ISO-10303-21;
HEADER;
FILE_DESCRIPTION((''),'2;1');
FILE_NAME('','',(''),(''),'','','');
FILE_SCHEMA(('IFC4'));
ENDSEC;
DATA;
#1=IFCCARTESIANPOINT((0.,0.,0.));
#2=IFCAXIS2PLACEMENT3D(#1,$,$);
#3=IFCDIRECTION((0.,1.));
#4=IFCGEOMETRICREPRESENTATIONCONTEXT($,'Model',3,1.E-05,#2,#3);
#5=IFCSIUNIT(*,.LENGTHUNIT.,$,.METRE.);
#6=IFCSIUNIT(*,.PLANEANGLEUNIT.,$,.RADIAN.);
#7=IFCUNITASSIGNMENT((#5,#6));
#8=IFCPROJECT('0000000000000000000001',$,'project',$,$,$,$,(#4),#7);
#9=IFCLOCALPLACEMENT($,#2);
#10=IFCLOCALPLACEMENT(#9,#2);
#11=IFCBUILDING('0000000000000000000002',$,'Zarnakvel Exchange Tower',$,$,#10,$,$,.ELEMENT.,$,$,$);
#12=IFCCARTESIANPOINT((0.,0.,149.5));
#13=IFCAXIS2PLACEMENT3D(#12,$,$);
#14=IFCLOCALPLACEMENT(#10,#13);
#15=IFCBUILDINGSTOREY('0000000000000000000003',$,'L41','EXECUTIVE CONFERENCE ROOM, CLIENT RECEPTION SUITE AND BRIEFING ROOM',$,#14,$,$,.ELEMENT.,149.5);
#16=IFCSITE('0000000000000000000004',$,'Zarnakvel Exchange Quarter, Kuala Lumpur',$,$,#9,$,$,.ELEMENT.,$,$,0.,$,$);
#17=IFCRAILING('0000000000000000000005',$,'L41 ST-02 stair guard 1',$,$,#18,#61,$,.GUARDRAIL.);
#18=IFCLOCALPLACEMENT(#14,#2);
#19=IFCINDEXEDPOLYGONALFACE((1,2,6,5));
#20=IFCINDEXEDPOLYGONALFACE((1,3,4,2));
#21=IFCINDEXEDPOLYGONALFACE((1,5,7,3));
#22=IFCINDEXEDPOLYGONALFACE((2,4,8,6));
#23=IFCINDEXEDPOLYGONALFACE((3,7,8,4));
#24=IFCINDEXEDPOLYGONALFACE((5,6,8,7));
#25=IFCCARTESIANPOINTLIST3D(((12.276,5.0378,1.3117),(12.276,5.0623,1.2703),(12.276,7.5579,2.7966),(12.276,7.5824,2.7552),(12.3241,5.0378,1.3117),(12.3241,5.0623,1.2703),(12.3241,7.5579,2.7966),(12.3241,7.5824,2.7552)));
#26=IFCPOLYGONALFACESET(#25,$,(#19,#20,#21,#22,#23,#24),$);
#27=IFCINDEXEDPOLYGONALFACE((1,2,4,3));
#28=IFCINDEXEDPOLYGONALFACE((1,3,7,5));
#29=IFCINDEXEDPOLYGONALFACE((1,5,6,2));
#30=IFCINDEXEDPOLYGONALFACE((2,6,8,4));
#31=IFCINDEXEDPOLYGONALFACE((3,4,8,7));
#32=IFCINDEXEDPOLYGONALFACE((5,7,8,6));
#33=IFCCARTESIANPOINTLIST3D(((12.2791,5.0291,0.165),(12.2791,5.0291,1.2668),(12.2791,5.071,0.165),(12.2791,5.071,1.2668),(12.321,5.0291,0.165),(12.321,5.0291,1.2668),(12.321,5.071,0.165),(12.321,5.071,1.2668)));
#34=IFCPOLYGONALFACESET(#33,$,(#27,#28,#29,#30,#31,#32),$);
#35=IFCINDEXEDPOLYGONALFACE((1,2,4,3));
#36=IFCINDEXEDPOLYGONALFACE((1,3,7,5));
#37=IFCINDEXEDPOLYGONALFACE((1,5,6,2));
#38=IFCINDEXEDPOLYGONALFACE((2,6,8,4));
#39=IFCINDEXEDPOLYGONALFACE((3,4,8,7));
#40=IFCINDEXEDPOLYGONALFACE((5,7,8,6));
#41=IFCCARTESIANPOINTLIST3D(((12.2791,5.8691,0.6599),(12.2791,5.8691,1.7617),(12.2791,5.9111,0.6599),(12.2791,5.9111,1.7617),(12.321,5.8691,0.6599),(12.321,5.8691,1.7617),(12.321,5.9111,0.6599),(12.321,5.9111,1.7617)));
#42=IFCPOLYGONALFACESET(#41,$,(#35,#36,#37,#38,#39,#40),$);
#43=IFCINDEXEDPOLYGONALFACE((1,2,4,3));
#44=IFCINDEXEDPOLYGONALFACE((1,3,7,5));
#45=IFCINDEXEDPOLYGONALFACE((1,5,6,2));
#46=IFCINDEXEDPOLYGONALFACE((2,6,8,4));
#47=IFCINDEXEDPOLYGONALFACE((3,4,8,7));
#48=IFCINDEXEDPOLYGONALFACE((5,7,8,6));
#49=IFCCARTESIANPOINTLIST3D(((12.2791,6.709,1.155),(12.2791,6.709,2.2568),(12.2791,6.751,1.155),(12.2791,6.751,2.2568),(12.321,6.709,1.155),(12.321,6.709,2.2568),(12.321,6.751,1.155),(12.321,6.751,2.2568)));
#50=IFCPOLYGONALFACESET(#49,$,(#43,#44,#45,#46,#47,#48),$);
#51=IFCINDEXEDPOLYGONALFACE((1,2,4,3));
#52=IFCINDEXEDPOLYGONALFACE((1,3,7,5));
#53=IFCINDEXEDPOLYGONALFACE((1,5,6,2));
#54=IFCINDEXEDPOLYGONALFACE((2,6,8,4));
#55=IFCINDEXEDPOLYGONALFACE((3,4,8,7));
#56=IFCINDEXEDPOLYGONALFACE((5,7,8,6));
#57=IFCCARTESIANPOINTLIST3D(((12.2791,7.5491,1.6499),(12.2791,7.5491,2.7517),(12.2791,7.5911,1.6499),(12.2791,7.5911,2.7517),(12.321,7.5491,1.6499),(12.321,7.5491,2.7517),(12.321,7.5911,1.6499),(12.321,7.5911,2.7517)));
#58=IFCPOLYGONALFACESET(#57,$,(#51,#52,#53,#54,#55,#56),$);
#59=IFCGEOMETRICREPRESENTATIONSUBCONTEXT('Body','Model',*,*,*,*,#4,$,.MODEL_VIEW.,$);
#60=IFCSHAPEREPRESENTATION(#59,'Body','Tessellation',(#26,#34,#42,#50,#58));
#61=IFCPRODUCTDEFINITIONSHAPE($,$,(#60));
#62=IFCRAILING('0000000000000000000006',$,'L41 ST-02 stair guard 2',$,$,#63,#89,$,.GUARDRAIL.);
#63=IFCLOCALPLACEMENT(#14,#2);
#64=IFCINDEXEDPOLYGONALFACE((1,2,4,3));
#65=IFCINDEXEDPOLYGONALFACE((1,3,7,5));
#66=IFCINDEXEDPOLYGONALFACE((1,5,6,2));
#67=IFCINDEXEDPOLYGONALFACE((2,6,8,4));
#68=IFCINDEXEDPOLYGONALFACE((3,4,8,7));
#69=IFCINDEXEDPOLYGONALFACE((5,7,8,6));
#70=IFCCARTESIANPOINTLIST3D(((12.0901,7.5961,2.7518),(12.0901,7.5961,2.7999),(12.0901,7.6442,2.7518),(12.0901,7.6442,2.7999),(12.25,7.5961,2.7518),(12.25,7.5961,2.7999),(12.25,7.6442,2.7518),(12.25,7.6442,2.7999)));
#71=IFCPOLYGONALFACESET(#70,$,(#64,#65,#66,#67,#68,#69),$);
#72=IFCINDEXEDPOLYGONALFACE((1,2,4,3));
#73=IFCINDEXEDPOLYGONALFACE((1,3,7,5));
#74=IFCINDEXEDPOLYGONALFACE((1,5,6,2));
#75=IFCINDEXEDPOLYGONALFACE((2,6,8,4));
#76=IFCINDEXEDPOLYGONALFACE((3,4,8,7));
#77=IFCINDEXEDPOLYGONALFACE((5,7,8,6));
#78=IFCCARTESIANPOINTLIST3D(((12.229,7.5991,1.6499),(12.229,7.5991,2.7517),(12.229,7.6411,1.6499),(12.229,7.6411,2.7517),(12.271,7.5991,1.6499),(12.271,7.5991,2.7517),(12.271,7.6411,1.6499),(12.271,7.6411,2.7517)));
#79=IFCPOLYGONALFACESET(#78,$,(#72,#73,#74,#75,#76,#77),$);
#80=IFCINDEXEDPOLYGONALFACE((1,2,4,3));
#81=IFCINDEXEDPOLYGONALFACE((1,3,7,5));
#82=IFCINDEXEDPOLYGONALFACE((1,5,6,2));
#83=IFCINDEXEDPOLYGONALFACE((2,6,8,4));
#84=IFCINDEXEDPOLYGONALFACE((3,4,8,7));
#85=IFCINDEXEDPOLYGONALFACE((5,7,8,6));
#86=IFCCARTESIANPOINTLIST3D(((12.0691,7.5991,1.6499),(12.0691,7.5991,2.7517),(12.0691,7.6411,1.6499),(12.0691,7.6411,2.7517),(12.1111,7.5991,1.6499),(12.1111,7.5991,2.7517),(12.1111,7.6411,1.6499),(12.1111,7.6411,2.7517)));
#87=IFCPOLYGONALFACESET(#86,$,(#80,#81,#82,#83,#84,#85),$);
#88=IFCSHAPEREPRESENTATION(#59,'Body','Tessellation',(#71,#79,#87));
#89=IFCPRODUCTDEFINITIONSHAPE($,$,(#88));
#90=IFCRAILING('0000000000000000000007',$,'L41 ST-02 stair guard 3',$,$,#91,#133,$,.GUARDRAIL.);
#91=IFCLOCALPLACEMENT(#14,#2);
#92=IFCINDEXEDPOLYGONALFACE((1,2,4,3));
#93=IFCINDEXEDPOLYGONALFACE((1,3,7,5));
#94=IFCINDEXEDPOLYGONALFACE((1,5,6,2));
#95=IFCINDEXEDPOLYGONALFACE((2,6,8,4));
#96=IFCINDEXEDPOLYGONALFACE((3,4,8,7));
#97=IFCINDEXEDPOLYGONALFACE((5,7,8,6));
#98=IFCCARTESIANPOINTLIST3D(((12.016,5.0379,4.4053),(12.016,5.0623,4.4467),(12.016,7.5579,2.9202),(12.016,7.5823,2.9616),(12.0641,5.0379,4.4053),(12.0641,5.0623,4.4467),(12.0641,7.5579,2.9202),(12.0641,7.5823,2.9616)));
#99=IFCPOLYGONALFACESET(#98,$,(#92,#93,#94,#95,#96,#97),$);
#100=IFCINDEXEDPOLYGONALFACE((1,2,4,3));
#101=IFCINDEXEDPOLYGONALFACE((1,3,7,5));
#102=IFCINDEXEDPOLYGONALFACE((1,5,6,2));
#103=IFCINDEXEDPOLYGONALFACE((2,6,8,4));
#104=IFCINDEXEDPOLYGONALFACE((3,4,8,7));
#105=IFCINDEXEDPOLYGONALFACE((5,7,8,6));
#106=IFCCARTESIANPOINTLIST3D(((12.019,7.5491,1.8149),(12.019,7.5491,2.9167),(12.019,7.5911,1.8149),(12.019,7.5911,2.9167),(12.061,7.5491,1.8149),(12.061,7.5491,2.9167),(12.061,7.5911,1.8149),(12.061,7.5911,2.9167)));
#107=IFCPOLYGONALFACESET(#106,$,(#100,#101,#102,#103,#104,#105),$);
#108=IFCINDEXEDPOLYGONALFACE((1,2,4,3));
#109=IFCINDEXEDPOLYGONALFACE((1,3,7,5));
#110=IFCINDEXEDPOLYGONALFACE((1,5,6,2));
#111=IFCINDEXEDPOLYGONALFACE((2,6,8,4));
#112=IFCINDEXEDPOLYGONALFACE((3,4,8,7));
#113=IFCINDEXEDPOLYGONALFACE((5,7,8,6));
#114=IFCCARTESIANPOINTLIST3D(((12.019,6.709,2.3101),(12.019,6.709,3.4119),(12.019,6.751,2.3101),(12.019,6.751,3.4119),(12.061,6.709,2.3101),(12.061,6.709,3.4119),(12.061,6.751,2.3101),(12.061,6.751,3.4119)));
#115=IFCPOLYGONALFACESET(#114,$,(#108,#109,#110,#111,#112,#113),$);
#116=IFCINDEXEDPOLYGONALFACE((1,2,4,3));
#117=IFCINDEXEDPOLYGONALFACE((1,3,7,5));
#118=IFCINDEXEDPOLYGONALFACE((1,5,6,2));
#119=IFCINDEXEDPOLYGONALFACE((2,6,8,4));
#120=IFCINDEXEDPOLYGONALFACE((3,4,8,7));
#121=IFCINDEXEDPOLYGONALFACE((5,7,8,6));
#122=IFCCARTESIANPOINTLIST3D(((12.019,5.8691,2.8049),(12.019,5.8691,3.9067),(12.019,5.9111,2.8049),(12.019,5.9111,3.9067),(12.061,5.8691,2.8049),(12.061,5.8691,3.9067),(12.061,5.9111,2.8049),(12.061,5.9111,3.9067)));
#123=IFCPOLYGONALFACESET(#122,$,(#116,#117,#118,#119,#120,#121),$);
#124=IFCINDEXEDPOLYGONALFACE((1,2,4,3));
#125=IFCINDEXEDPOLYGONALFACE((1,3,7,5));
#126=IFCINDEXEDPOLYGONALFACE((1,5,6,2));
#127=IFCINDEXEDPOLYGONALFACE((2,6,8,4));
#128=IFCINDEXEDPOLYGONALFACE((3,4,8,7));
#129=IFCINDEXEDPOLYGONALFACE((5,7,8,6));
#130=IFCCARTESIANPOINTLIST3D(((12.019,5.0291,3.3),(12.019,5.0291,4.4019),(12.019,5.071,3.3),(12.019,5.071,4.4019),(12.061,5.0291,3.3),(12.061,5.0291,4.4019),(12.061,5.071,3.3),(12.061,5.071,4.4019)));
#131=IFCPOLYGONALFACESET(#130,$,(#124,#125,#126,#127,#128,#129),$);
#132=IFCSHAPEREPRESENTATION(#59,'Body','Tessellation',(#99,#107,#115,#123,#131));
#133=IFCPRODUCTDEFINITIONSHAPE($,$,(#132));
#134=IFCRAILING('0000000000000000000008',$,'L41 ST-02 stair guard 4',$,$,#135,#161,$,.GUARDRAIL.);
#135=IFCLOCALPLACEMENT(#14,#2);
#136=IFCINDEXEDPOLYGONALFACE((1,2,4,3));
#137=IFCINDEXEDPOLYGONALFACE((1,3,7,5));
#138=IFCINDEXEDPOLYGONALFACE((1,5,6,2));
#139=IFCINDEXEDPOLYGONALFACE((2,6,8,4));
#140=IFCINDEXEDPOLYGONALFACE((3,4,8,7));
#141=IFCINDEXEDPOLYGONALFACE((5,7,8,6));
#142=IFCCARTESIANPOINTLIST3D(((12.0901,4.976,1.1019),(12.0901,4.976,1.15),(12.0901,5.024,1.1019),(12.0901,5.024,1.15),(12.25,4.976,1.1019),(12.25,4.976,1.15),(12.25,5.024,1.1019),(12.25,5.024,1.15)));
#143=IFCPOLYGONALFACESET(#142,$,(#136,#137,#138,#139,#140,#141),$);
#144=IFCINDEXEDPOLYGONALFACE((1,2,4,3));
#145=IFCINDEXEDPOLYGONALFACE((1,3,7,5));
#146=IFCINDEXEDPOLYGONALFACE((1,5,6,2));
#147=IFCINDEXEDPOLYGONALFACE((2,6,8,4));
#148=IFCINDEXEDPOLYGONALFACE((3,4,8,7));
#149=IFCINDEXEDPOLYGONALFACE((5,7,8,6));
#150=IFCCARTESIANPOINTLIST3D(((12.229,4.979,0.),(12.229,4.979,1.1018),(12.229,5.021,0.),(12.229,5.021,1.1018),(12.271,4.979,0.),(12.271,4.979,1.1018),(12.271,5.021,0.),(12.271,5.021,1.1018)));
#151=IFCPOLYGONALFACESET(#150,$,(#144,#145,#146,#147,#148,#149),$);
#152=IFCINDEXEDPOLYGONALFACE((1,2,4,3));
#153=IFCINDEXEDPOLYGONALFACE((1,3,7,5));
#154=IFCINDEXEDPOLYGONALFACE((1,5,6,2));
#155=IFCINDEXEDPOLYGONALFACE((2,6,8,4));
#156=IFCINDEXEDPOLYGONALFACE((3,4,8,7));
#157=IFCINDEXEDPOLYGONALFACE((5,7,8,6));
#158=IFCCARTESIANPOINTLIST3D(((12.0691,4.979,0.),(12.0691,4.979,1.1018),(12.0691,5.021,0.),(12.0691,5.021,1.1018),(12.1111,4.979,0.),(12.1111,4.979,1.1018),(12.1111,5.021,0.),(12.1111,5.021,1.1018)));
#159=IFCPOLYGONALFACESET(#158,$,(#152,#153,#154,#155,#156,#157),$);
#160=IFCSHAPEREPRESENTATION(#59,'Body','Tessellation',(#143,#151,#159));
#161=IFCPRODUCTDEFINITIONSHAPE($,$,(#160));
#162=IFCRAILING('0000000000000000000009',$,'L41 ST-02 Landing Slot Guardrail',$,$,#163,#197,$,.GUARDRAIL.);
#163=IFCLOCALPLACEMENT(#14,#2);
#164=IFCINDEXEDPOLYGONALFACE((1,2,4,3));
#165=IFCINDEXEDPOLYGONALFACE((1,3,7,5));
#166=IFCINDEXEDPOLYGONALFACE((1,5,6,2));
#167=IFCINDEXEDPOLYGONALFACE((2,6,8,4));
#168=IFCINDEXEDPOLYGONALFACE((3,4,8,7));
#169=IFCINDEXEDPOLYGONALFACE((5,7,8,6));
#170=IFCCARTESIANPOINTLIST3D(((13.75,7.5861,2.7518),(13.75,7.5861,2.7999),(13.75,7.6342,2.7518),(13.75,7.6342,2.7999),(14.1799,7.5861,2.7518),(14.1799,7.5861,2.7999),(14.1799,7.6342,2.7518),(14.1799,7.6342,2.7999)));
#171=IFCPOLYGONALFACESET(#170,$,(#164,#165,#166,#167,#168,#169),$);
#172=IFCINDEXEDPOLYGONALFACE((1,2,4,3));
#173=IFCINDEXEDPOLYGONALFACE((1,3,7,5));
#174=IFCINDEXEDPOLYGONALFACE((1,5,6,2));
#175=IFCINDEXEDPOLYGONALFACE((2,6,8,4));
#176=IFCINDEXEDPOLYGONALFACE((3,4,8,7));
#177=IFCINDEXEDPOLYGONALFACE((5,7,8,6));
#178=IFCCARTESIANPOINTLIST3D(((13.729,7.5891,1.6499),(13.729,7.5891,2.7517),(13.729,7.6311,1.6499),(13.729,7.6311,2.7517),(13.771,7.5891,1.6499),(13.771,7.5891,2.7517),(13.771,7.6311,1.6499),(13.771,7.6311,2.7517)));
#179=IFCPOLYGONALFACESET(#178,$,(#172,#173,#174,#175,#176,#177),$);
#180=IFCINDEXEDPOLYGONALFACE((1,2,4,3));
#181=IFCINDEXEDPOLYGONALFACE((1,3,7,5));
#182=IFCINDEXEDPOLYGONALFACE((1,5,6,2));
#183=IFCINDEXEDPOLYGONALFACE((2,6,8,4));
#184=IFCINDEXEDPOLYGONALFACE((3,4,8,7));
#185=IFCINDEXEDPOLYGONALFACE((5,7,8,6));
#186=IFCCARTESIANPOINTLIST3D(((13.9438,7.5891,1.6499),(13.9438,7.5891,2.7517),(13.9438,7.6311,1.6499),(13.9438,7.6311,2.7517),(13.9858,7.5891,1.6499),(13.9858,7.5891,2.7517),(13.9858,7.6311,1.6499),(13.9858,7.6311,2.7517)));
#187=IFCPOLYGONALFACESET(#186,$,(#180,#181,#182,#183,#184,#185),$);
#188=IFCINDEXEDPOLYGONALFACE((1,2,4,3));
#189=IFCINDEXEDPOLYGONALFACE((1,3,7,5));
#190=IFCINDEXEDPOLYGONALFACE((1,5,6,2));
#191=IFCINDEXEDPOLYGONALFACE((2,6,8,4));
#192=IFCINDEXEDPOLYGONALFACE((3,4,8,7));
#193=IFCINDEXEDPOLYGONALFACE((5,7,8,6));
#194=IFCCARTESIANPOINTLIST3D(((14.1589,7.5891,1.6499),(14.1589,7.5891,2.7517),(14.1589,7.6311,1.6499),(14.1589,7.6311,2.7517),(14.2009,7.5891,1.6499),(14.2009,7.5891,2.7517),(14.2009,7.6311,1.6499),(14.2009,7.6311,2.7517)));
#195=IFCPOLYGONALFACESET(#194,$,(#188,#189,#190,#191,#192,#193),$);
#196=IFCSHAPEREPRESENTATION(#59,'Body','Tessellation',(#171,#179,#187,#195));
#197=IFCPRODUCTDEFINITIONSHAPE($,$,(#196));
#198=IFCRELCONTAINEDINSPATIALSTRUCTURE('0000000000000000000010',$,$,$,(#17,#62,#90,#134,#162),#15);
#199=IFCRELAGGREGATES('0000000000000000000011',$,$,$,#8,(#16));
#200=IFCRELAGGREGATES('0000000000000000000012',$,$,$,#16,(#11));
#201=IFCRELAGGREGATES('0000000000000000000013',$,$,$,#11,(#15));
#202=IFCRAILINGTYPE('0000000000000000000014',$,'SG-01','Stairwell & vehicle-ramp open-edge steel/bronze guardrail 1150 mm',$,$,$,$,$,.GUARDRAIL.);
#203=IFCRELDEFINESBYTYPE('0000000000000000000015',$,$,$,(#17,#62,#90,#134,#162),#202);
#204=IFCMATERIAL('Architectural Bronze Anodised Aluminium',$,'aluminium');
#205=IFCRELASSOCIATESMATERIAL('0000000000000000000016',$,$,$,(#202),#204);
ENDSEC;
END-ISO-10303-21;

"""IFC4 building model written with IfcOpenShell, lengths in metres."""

from ifc_helpers import new_model, si_unit, direction, frame, origin, origin_2d, place, context, subcontext, project, spatial, rectangle, extrude, material, type_object, element, save


model = new_model("IFC4")

# Units and contexts
model_context = context("Model", 3, precision=1e-05, world=origin(), true_north=direction((0.0, 1.0)))
body_context = subcontext(model_context, "Body", "Model", "MODEL_VIEW")
ifc_project = project(units=[si_unit("LENGTHUNIT", "METRE"), si_unit("PLANEANGLEUNIT", "RADIAN")], contexts=[model_context])

# Site, building, storey
site_placement = place(None, origin())
site = spatial("IfcSite", under=ifc_project, at=site_placement, Name="Zarnakvel Exchange Quarter, Kuala Lumpur", CompositionType="ELEMENT", RefElevation=0.0)
building_placement = place(site_placement, origin())
building = spatial("IfcBuilding", under=site, at=building_placement, Name="Zarnakvel Exchange Tower", CompositionType="ELEMENT")
storey_placement = place(building_placement, frame((0.0, 0.0, 149.5)))
storey = spatial("IfcBuildingStorey", under=building, at=storey_placement, Name="L41", Description="EXECUTIVE CONFERENCE ROOM, CLIENT RECEPTION SUITE AND BRIEFING ROOM", CompositionType="ELEMENT", Elevation=149.5)

# Shared definitions
ifc_material_1 = material(Name="Architectural Bronze Anodised Aluminium", Category="aluminium")

# Railings
railing_type_1 = type_object("IfcRailingType", Name="SG-01", Description="Stairwell & vehicle-ramp open-edge steel/bronze guardrail 1150 mm", PredefinedType="GUARDRAIL", material=ifc_material_1)
railing_1_placement = place(storey_placement, frame((12.3, 5.05, 0.165)))
element("IfcRailing", 1, at=railing_1_placement, inside=storey, type_object=railing_type_1, Name="L41 ST-02 stair guard 1", PredefinedType="GUARDRAIL", context=body_context, shape_type="SweptSolid", body=[
    extrude(rectangle(XDim=0.0481, YDim=0.0481, at=origin_2d()), frame((0.0, 0.0, 1.126), z_axis=(0.0, 0.861561, 0.507655), x_axis=(-1.0, 0.0, 0.0)), (0.0, 0.0, 1.0), 2.925),
    extrude(rectangle(XDim=0.042, YDim=0.042, at=origin_2d()), origin(), (0.0, 0.0, 1.0), 1.1018),
    extrude(rectangle(XDim=0.042, YDim=0.042, at=origin_2d()), frame((0.0, 0.8401, 0.4949)), (0.0, 0.0, 1.0), 1.1018),
    extrude(rectangle(XDim=0.042, YDim=0.042, at=origin_2d()), frame((0.0, 1.6799, 0.99)), (0.0, 0.0, 1.0), 1.1018),
    extrude(rectangle(XDim=0.042, YDim=0.042, at=origin_2d()), frame((0.0, 2.52, 1.4849)), (0.0, 0.0, 1.0), 1.1018),
])
railing_2_placement = place(storey_placement, frame((12.25, 7.6201, 1.6499)))
element("IfcRailing", 2, at=railing_2_placement, inside=storey, type_object=railing_type_1, Name="L41 ST-02 stair guard 2", PredefinedType="GUARDRAIL", context=body_context, shape_type="SweptSolid", body=[
    extrude(rectangle(XDim=0.0481, YDim=0.0481, at=origin_2d()), frame((0.0, 0.0, 1.126), z_axis=(-1.0, 0.0, 0.0), x_axis=(0.0, -1.0, 0.0)), (0.0, 0.0, 1.0), 0.1599),
    extrude(rectangle(XDim=0.042, YDim=0.042, at=origin_2d()), origin(), (0.0, 0.0, 1.0), 1.1018),
    extrude(rectangle(XDim=0.042, YDim=0.042, at=origin_2d()), frame((-0.1599, 0.0, 0.0)), (0.0, 0.0, 1.0), 1.1018),
])
railing_3_placement = place(storey_placement, frame((12.04, 7.5701, 1.8149)))
element("IfcRailing", 3, at=railing_3_placement, inside=storey, type_object=railing_type_1, Name="L41 ST-02 stair guard 3", PredefinedType="GUARDRAIL", context=body_context, shape_type="SweptSolid", body=[
    extrude(rectangle(XDim=0.0481, YDim=0.0481, at=origin_2d()), frame((0.0, 0.0, 1.126), z_axis=(0.0, -0.861524, 0.507717), x_axis=(1.0, 0.0, 0.0)), (0.0, 0.0, 1.0), 2.925),
    extrude(rectangle(XDim=0.042, YDim=0.042, at=origin_2d()), origin(), (0.0, 0.0, 1.0), 1.1018),
    extrude(rectangle(XDim=0.042, YDim=0.042, at=origin_2d()), frame((0.0, -0.8401, 0.4951)), (0.0, 0.0, 1.0), 1.1018),
    extrude(rectangle(XDim=0.042, YDim=0.042, at=origin_2d()), frame((0.0, -1.6799, 0.99)), (0.0, 0.0, 1.0), 1.1018),
    extrude(rectangle(XDim=0.042, YDim=0.042, at=origin_2d()), frame((0.0, -2.52, 1.4851)), (0.0, 0.0, 1.0), 1.1018),
])
railing_4_placement = place(storey_placement, frame((12.25, 5.0, 0.0)))
element("IfcRailing", 4, at=railing_4_placement, inside=storey, type_object=railing_type_1, Name="L41 ST-02 stair guard 4", PredefinedType="GUARDRAIL", context=body_context, shape_type="SweptSolid", body=[
    extrude(rectangle(XDim=0.0481, YDim=0.0481, at=origin_2d()), frame((0.0, 0.0, 1.126), z_axis=(-1.0, 0.0, 0.0), x_axis=(0.0, -1.0, 0.0)), (0.0, 0.0, 1.0), 0.1599),
    extrude(rectangle(XDim=0.042, YDim=0.042, at=origin_2d()), origin(), (0.0, 0.0, 1.0), 1.1018),
    extrude(rectangle(XDim=0.042, YDim=0.042, at=origin_2d()), frame((-0.1599, 0.0, 0.0)), (0.0, 0.0, 1.0), 1.1018),
])
railing_5_placement = place(storey_placement, frame((13.75, 7.6101, 1.6499)))
element("IfcRailing", 5, at=railing_5_placement, inside=storey, type_object=railing_type_1, Name="L41 ST-02 Landing Slot Guardrail", PredefinedType="GUARDRAIL", context=body_context, shape_type="SweptSolid", body=[
    extrude(rectangle(XDim=0.0481, YDim=0.0481, at=origin_2d()), frame((0.0, 0.0, 1.126), z_axis=(1.0, 0.0, 0.0), x_axis=(0.0, 1.0, 0.0)), (0.0, 0.0, 1.0), 0.4299),
    extrude(rectangle(XDim=0.042, YDim=0.042, at=origin_2d()), origin(), (0.0, 0.0, 1.0), 1.1018),
    extrude(rectangle(XDim=0.042, YDim=0.042, at=origin_2d()), frame((0.2148, 0.0, 0.0)), (0.0, 0.0, 1.0), 1.1018),
    extrude(rectangle(XDim=0.042, YDim=0.042, at=origin_2d()), frame((0.4299, 0.0, 0.0)), (0.0, 0.0, 1.0), 1.1018),
])

save(model, "model.ifc")
